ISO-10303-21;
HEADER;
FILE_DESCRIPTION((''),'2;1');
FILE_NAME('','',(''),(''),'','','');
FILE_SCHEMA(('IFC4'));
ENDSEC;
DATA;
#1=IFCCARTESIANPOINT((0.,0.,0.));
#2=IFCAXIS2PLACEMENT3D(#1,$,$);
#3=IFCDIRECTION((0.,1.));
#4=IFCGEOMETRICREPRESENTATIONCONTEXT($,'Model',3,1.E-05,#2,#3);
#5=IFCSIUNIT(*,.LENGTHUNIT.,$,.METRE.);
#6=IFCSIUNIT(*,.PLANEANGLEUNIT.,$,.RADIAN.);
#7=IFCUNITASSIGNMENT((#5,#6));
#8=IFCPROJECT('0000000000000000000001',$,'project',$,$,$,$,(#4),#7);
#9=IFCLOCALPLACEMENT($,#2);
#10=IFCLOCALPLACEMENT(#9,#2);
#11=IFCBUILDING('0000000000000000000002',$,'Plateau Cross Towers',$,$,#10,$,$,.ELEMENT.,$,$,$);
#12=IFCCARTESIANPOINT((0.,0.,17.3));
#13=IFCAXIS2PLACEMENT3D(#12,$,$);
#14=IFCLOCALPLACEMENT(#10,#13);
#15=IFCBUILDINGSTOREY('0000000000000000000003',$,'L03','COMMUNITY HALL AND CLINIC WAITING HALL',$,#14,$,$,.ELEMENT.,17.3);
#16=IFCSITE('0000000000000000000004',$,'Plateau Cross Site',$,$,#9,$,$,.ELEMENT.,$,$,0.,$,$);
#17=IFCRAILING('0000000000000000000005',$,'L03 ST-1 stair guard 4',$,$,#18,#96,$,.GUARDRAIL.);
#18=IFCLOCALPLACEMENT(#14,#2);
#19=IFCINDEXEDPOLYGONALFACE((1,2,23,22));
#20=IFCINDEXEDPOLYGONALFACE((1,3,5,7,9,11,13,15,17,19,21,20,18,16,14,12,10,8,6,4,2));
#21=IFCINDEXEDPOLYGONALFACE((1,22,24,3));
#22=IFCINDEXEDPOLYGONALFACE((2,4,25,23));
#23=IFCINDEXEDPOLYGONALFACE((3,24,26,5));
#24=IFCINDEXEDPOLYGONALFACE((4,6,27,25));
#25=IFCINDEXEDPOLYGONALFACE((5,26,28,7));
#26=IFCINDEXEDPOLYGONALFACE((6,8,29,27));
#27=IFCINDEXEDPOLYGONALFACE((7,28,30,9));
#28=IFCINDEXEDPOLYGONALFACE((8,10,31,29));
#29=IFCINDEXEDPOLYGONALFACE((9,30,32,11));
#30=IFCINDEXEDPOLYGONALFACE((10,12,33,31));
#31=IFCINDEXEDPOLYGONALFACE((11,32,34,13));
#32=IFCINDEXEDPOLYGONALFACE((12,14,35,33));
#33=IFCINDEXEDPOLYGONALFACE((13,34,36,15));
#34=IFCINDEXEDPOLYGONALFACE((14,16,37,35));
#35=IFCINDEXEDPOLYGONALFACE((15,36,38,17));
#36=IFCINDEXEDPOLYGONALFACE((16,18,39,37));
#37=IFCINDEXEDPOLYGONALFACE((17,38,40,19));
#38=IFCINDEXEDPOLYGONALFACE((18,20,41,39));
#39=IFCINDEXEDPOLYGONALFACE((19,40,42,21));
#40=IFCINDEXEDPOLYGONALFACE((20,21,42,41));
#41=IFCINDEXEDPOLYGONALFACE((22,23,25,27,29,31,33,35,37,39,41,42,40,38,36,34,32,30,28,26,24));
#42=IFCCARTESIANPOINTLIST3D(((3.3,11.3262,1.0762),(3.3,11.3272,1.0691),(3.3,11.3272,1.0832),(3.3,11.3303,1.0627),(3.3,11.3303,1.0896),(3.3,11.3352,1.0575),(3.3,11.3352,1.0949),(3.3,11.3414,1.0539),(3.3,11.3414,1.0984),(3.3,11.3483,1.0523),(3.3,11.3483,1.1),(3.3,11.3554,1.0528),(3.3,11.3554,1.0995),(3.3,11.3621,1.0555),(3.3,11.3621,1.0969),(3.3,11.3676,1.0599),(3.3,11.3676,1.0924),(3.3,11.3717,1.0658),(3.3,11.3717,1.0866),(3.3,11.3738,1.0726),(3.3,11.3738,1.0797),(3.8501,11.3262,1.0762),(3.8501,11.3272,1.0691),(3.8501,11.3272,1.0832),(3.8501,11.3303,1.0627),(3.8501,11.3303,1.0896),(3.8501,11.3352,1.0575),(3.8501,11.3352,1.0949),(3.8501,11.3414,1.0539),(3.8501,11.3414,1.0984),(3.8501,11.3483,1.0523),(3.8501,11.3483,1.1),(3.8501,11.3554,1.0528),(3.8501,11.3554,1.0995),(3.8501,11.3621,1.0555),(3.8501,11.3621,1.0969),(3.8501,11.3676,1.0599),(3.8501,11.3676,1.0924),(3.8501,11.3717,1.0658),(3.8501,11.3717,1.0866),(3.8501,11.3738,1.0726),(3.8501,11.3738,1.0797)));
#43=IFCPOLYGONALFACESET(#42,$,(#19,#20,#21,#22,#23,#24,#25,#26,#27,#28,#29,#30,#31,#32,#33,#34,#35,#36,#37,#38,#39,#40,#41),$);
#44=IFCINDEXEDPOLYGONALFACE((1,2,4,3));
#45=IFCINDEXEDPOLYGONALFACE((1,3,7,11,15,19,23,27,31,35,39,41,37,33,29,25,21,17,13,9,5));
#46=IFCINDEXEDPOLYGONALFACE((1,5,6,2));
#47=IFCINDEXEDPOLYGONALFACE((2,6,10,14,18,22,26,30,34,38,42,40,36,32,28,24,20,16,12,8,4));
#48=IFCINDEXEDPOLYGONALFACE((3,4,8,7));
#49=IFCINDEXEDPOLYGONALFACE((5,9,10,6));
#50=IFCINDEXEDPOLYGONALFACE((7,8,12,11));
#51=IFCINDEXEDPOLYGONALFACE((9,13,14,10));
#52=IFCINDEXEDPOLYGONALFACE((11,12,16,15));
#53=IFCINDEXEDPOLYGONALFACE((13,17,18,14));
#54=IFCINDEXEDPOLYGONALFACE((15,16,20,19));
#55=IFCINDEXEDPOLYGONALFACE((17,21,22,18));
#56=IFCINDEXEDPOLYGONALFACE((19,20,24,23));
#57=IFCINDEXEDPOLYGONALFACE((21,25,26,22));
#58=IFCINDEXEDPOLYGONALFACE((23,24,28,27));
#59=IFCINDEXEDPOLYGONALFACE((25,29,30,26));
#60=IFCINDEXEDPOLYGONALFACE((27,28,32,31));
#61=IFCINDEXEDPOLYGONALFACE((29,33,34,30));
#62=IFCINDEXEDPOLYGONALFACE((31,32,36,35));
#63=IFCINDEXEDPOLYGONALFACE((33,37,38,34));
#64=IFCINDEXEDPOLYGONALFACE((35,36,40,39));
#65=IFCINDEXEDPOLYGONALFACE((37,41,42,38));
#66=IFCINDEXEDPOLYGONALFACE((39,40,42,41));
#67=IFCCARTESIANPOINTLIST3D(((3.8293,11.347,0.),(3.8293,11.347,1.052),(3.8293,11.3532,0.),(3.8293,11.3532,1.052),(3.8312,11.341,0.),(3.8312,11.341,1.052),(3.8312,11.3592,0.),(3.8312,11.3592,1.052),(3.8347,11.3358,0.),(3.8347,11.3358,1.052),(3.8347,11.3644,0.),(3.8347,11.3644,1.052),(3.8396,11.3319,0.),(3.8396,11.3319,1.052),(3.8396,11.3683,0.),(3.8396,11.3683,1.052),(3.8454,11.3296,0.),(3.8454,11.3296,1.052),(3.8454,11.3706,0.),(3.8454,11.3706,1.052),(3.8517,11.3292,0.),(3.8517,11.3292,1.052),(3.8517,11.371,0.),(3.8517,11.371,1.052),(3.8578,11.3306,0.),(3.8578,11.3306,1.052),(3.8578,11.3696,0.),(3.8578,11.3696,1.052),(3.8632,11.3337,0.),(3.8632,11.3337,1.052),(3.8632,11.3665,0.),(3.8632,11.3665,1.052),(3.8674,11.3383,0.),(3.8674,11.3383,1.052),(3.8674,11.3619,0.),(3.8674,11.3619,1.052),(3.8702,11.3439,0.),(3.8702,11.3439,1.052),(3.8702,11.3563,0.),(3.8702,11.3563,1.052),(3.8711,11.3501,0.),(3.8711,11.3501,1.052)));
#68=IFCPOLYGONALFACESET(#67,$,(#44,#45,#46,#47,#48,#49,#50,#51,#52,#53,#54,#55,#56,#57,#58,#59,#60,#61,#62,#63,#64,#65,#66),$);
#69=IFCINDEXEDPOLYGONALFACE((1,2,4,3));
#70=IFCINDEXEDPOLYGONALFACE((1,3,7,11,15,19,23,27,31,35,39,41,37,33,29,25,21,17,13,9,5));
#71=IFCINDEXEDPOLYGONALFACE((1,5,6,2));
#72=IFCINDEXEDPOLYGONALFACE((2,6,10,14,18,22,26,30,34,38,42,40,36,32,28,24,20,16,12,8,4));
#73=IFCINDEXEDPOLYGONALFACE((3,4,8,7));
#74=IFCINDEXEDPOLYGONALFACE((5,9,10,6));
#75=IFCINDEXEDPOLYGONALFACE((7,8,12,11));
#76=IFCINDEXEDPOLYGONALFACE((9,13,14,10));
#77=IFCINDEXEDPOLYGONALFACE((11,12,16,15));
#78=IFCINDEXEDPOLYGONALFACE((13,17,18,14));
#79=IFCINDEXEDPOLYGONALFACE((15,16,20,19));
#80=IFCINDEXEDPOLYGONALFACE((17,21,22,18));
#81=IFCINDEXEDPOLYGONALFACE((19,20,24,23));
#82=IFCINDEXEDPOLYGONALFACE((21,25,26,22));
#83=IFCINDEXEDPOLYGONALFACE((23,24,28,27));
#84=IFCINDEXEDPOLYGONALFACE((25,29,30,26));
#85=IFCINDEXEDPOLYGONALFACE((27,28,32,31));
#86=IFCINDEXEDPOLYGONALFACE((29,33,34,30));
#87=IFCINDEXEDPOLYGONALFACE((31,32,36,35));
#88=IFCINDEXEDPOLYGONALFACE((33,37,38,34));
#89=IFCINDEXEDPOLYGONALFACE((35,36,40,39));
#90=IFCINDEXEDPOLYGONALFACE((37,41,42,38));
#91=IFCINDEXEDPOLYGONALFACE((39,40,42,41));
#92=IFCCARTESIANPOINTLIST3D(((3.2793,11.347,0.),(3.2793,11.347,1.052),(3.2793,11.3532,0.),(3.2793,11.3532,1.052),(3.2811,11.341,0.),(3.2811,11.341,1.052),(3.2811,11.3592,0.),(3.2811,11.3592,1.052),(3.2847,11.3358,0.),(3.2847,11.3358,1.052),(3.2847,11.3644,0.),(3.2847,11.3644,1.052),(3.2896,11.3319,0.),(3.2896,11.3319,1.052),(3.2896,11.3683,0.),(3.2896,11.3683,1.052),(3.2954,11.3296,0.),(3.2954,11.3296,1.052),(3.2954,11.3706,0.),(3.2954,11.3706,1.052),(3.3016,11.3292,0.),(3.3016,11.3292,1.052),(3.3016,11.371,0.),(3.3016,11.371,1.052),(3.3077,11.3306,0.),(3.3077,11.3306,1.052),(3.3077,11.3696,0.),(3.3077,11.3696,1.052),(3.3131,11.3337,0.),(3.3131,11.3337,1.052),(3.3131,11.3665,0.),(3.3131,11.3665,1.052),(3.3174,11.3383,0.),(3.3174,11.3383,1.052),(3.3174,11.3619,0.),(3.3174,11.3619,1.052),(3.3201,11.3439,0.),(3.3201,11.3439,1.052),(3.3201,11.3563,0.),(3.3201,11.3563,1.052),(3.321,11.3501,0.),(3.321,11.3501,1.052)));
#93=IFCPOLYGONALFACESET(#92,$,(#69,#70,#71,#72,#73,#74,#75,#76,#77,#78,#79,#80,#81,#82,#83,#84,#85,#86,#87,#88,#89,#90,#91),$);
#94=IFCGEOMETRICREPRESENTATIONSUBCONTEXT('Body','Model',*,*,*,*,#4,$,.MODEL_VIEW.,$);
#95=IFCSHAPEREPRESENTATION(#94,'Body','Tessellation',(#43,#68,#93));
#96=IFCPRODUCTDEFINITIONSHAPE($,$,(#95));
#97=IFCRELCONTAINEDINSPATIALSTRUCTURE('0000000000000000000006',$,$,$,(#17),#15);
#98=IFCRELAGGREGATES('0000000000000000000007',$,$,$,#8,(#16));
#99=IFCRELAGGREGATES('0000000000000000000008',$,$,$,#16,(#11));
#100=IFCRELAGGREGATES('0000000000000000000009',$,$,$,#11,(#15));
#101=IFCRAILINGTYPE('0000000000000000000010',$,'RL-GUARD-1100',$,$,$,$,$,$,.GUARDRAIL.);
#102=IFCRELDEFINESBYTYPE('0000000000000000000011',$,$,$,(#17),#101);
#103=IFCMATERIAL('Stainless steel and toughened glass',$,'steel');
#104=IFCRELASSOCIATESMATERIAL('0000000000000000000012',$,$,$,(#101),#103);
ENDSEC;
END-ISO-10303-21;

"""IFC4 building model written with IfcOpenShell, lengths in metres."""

from ifc_helpers import new_model, si_unit, direction, frame, origin, origin_2d, place, context, subcontext, project, spatial, circle, extrude, material, type_object, element, save


model = new_model("IFC4")

# Units and contexts
model_context = context("Model", 3, precision=1e-05, world=origin(), true_north=direction((0.0, 1.0)))
body_context = subcontext(model_context, "Body", "Model", "MODEL_VIEW")
ifc_project = project(units=[si_unit("LENGTHUNIT", "METRE"), si_unit("PLANEANGLEUNIT", "RADIAN")], contexts=[model_context])

# Site, building, storey
site_placement = place(None, origin())
site = spatial("IfcSite", under=ifc_project, at=site_placement, Name="Plateau Cross Site", CompositionType="ELEMENT", RefElevation=0.0)
building_placement = place(site_placement, origin())
building = spatial("IfcBuilding", under=site, at=building_placement, Name="Plateau Cross Towers", CompositionType="ELEMENT")
storey_placement = place(building_placement, frame((0.0, 0.0, 17.3)))
storey = spatial("IfcBuildingStorey", under=building, at=storey_placement, Name="L03", Description="COMMUNITY HALL AND CLINIC WAITING HALL", CompositionType="ELEMENT", Elevation=17.3)

# Railing
ifc_material_1 = material(Name="Stainless steel and toughened glass", Category="steel")
railing_type_1 = type_object("IfcRailingType", Name="RL-GUARD-1100", PredefinedType="GUARDRAIL", material=ifc_material_1)
railing_1_placement = place(storey_placement, frame((3.8501, 11.3501, 0.0)))
element("IfcRailing", 1, at=railing_1_placement, inside=storey, type_object=railing_type_1, Name="L03 ST-1 stair guard 4", PredefinedType="GUARDRAIL", context=body_context, shape_type="SweptSolid", body=[
    extrude(circle(Radius=0.0239, at=origin_2d()), frame((0.0, 0.0, 1.0762), z_axis=(-1.0, 0.0, 0.0), x_axis=(0.0, -1.0, 0.0)), (0.0, 0.0, 1.0), 0.55),
    extrude(circle(Radius=0.021, at=origin_2d()), origin(), (0.0, 0.0, 1.0), 1.052),
    extrude(circle(Radius=0.021, at=origin_2d()), frame((-0.55, 0.0, 0.0)), (0.0, 0.0, 1.0), 1.052),
])

save(model, "model.ifc")
